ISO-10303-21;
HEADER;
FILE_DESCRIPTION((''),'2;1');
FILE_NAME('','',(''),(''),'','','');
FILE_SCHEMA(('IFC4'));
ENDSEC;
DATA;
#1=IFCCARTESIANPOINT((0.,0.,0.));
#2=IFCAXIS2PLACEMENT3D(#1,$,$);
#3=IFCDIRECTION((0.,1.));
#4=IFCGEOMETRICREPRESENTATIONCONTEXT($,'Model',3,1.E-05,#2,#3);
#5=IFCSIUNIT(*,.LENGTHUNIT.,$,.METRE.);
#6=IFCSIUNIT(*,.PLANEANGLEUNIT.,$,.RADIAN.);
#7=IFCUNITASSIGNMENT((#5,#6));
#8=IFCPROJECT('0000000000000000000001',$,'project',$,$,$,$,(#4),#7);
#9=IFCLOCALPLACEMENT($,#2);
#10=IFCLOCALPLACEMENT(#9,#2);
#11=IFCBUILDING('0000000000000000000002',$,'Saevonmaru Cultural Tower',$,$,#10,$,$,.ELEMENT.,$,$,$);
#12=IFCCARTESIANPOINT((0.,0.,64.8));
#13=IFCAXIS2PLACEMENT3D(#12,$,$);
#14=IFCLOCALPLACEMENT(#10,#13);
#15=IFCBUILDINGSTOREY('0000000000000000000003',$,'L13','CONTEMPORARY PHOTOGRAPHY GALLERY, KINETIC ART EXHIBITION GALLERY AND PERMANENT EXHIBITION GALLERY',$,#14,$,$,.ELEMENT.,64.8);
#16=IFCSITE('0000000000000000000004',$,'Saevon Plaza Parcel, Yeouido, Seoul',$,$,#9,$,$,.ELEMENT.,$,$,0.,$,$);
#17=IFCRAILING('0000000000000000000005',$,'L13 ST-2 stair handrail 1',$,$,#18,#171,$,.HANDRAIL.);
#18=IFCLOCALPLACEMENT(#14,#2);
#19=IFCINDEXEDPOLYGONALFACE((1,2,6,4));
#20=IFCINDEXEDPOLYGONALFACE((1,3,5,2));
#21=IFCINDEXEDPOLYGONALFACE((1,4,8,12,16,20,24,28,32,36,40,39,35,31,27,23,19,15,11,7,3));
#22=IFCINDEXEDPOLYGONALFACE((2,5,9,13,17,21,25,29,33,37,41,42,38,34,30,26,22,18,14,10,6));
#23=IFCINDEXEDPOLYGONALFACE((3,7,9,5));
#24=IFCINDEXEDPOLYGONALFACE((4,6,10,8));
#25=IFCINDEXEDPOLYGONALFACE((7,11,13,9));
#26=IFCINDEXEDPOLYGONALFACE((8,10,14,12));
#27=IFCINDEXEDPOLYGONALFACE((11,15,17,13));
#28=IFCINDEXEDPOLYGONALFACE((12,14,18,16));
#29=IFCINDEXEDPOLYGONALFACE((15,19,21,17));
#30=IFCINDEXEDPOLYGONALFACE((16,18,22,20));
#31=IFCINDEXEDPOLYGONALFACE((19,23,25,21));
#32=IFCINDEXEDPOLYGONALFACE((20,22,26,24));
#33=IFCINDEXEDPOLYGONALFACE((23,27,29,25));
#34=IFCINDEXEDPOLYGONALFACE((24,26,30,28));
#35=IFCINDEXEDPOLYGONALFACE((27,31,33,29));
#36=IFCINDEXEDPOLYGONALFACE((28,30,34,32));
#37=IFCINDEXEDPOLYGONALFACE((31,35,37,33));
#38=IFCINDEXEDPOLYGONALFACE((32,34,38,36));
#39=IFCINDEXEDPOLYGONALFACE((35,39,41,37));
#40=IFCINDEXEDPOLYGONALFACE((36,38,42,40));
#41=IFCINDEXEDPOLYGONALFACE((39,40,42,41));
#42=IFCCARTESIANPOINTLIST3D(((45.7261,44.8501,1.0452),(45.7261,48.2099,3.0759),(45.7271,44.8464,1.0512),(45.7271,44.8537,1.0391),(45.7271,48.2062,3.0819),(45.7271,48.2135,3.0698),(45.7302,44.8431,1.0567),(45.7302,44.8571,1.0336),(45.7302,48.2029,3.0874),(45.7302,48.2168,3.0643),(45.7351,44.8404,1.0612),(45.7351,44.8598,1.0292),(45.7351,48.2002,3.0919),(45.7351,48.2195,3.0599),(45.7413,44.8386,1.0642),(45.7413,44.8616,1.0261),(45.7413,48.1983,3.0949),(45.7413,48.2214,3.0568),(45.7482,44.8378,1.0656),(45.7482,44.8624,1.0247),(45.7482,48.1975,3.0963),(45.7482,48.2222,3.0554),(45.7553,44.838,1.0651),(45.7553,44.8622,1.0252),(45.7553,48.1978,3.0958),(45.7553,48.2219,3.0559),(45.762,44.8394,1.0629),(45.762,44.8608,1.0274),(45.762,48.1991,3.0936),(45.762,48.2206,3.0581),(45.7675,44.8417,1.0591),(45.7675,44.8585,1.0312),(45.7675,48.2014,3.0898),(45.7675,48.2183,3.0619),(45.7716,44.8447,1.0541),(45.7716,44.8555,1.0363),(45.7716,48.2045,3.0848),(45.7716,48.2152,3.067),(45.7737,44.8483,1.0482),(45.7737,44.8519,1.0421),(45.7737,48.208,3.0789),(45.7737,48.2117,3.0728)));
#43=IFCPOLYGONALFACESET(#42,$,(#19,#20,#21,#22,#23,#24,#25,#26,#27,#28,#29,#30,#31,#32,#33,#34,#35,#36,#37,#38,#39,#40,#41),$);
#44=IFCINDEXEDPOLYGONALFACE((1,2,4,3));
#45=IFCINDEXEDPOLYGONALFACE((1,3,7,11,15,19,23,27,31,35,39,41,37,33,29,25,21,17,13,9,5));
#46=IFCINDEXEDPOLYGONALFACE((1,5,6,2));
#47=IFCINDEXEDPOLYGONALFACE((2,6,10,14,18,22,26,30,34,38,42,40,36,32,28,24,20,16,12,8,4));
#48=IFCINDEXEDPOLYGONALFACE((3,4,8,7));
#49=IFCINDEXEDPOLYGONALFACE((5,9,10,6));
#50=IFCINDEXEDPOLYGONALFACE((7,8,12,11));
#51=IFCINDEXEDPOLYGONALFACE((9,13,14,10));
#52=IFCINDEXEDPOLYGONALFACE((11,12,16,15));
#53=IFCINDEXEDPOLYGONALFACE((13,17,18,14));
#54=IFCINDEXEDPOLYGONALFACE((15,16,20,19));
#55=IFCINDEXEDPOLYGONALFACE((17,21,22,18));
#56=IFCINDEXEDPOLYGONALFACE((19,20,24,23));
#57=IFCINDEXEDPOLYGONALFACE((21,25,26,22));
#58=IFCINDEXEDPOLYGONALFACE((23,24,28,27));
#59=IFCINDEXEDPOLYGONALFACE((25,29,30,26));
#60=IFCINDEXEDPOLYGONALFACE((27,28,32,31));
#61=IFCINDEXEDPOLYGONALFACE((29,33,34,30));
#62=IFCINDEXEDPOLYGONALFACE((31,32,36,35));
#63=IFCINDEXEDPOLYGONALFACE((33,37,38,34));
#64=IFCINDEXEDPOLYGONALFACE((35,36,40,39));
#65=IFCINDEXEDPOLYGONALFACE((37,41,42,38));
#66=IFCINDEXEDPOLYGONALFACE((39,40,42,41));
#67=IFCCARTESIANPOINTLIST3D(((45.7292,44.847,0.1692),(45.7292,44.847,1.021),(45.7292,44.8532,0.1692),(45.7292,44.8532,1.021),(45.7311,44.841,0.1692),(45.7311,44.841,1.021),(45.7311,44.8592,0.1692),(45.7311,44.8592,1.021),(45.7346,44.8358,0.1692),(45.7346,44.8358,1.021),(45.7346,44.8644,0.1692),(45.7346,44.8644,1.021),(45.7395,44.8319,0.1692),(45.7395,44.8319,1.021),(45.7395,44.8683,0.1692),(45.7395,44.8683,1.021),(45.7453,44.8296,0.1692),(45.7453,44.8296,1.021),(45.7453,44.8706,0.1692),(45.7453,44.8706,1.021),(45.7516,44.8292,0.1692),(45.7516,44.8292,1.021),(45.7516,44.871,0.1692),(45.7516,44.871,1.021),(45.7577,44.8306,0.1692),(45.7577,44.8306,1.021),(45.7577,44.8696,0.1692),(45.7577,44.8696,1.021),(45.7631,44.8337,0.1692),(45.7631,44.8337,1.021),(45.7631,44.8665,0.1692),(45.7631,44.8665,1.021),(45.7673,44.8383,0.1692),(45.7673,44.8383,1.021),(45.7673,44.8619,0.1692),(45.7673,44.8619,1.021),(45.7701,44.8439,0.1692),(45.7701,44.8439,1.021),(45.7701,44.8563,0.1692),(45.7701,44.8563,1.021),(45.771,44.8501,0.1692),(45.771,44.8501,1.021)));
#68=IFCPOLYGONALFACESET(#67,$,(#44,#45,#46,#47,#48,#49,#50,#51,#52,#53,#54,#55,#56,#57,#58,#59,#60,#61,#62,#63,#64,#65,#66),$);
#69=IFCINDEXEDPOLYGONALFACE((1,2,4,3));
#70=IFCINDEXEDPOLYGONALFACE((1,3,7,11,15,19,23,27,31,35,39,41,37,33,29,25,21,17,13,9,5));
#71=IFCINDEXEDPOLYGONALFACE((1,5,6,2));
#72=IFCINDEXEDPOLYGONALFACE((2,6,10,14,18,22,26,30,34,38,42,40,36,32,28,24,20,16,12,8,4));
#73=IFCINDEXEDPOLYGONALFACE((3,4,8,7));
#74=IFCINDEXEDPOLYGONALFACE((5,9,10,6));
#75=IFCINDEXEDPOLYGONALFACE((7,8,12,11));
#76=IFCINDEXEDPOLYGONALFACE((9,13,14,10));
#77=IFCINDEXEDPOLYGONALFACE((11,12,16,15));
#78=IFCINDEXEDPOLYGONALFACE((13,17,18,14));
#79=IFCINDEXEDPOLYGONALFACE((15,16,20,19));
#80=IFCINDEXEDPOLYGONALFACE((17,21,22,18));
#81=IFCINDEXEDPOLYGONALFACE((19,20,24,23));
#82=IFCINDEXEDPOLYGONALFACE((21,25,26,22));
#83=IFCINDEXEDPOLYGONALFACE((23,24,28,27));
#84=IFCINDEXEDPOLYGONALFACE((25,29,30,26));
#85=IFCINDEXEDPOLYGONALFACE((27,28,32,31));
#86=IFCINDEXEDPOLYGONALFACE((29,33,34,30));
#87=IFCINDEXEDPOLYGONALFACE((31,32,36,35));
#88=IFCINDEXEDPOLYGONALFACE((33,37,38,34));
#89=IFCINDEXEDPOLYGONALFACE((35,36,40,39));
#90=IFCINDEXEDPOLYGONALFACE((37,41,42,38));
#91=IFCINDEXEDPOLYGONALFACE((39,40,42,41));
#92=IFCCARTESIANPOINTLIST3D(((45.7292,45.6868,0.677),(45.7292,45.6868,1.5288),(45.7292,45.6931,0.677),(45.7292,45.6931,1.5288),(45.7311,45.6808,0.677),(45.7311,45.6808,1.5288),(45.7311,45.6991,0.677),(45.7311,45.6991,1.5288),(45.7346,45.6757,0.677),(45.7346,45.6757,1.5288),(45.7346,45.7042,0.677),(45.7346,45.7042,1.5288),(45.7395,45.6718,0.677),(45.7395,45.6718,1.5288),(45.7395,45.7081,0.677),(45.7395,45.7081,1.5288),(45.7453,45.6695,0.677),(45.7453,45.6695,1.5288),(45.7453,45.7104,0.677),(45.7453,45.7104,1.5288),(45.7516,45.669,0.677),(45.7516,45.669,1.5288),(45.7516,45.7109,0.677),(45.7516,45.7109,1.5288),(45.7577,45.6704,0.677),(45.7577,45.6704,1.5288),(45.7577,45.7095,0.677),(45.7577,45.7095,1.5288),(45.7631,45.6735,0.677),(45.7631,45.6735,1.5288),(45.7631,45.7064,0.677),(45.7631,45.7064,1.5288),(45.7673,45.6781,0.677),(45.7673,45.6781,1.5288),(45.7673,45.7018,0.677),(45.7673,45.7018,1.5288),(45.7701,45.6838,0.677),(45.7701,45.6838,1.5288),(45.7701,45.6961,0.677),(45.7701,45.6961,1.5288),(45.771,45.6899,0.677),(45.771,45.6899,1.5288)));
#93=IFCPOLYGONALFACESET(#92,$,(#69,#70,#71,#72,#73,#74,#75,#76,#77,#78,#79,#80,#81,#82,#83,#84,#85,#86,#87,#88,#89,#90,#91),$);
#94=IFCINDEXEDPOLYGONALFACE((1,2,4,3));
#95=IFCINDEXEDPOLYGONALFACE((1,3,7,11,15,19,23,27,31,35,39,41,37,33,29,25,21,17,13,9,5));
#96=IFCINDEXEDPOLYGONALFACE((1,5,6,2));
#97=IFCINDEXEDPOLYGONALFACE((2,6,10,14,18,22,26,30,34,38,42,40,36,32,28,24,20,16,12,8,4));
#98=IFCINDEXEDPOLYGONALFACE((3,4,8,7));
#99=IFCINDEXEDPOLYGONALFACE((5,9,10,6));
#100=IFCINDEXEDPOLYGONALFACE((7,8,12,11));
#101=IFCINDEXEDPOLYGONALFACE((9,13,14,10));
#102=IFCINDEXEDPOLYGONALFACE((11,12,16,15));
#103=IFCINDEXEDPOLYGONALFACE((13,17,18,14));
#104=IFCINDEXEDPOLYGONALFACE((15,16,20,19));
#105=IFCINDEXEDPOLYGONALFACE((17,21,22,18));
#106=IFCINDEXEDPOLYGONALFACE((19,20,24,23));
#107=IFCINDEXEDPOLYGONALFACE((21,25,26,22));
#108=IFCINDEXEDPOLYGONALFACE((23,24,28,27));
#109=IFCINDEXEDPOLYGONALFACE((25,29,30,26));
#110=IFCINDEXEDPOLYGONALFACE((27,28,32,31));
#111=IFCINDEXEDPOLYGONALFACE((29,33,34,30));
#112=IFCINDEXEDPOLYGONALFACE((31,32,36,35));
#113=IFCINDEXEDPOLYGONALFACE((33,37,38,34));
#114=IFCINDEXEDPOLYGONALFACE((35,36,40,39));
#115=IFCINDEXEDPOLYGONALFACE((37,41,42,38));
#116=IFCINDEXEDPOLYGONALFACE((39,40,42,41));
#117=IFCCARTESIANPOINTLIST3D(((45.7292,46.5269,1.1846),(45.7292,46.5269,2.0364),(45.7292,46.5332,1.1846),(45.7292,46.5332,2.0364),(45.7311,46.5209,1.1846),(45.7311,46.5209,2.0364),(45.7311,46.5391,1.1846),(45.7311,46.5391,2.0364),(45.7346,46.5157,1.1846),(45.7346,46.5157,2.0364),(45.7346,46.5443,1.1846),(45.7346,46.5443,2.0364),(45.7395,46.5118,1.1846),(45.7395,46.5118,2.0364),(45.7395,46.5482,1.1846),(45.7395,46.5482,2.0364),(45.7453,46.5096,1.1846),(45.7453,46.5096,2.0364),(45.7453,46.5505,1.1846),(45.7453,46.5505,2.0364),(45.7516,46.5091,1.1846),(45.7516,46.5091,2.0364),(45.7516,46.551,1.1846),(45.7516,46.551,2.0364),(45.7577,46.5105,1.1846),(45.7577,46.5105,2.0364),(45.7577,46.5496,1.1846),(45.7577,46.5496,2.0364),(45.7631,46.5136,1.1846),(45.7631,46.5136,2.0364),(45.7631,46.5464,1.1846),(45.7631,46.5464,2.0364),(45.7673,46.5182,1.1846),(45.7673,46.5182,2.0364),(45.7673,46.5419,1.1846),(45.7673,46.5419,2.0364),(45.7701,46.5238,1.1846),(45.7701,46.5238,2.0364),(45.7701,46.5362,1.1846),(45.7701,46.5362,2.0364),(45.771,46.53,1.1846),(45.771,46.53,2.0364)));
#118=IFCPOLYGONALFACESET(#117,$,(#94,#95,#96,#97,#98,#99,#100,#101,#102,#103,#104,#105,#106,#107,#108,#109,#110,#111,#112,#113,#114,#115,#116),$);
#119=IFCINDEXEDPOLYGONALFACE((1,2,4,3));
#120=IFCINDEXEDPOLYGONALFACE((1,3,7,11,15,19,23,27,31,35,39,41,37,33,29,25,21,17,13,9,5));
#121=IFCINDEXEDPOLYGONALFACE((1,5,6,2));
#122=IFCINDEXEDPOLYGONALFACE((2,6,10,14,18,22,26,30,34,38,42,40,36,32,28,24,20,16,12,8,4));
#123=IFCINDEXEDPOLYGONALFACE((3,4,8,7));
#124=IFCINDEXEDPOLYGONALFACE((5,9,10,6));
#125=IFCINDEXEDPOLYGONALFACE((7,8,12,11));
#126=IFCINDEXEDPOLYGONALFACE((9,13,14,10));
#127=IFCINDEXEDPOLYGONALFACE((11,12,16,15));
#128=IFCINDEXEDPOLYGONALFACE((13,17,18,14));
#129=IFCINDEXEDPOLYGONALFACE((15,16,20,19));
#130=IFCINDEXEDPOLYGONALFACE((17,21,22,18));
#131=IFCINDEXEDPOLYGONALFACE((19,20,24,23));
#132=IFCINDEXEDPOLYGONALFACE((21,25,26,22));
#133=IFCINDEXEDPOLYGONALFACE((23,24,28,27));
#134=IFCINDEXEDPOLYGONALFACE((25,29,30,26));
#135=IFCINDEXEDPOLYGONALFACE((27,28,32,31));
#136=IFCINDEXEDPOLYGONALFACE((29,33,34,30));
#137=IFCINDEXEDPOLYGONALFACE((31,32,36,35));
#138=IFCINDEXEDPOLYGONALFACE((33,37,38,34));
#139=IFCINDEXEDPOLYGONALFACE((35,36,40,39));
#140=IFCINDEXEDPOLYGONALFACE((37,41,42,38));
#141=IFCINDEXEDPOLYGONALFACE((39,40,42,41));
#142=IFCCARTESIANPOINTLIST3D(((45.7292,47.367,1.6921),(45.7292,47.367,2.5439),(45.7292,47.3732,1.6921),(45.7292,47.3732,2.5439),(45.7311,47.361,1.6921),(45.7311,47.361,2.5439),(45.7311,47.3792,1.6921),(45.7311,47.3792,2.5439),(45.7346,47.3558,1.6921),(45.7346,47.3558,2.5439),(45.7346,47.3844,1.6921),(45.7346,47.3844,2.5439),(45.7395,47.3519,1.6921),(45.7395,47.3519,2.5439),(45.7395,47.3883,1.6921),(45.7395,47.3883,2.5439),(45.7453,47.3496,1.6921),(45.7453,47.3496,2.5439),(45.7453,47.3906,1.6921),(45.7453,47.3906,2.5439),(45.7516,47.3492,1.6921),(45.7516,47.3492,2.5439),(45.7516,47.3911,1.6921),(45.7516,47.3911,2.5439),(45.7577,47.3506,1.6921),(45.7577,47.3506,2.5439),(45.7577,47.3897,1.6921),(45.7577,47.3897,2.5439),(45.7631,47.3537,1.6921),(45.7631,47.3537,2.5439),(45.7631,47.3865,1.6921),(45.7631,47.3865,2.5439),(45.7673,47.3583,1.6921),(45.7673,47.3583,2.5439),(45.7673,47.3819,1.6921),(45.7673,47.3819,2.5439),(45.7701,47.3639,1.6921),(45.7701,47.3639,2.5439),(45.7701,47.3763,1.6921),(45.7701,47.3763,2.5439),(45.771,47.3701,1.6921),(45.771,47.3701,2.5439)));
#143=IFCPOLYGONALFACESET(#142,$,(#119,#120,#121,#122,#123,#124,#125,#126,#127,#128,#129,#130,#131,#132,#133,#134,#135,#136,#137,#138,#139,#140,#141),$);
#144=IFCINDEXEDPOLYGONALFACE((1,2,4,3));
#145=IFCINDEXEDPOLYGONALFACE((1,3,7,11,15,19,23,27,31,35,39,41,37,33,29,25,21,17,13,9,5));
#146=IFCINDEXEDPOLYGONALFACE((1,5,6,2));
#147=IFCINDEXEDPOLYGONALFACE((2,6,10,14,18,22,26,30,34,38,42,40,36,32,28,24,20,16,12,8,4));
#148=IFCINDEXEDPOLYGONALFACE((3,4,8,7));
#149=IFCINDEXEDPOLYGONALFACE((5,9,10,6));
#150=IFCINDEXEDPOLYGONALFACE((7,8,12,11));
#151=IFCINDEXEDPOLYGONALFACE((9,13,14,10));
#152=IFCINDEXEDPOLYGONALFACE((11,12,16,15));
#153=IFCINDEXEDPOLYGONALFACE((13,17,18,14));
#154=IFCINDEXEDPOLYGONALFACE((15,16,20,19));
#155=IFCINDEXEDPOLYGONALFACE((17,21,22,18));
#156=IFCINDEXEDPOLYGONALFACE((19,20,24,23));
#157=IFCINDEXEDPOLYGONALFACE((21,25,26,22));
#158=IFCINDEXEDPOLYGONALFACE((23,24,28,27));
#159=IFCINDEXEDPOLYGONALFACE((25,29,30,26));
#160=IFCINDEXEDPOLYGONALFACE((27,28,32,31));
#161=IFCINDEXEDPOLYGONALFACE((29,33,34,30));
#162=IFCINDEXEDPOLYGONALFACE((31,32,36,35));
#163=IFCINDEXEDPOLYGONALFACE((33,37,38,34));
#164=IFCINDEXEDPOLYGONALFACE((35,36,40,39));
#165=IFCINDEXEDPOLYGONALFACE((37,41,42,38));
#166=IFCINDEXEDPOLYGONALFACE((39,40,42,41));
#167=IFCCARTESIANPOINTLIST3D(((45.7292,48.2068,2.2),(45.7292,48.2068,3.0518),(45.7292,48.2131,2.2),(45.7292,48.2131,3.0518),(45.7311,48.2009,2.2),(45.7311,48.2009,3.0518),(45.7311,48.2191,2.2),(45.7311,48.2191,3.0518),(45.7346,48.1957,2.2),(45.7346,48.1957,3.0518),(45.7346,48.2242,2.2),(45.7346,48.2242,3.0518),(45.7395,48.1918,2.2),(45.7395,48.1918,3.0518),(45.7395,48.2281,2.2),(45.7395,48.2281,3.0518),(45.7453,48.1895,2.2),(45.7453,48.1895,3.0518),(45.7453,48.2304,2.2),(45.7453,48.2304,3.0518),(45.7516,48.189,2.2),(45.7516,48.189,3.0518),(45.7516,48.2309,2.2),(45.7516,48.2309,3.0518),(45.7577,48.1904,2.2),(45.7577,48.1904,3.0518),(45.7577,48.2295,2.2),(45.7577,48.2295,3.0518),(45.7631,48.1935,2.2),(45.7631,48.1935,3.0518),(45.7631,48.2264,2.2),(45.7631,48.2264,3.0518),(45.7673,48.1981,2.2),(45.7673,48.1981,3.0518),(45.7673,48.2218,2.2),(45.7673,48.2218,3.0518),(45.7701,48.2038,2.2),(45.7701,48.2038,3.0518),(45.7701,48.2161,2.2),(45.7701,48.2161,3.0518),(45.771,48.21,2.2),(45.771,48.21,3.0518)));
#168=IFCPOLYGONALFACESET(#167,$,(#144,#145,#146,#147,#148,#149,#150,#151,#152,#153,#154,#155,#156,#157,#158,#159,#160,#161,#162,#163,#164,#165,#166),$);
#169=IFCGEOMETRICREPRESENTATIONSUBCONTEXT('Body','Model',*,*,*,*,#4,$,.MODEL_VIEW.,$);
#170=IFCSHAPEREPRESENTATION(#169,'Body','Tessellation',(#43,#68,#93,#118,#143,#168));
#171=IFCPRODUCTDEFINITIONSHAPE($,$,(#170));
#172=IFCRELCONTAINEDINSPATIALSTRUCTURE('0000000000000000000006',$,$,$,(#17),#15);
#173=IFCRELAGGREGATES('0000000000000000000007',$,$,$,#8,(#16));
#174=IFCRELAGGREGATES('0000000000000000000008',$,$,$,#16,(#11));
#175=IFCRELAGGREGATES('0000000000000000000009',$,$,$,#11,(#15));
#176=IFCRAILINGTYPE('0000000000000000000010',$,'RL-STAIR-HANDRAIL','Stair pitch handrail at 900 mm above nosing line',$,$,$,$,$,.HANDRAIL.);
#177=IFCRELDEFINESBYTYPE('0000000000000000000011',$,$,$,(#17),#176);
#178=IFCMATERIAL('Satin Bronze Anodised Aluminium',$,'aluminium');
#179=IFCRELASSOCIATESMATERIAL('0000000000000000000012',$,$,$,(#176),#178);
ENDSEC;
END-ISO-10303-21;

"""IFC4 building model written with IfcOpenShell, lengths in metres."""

from ifc_helpers import new_model, si_unit, direction, frame, origin, origin_2d, place, context, subcontext, project, spatial, circle, extrude, material, type_object, element, save


model = new_model("IFC4")

# Units and contexts
model_context = context("Model", 3, precision=1e-05, world=origin(), true_north=direction((0.0, 1.0)))
body_context = subcontext(model_context, "Body", "Model", "MODEL_VIEW")
ifc_project = project(units=[si_unit("LENGTHUNIT", "METRE"), si_unit("PLANEANGLEUNIT", "RADIAN")], contexts=[model_context])

# Site, building, storey
site_placement = place(None, origin())
site = spatial("IfcSite", under=ifc_project, at=site_placement, Name="Saevon Plaza Parcel, Yeouido, Seoul", CompositionType="ELEMENT", RefElevation=0.0)
building_placement = place(site_placement, origin())
building = spatial("IfcBuilding", under=site, at=building_placement, Name="Saevonmaru Cultural Tower", CompositionType="ELEMENT")
storey_placement = place(building_placement, frame((0.0, 0.0, 64.8)))
storey = spatial("IfcBuildingStorey", under=building, at=storey_placement, Name="L13", Description="CONTEMPORARY PHOTOGRAPHY GALLERY, KINETIC ART EXHIBITION GALLERY AND PERMANENT EXHIBITION GALLERY", CompositionType="ELEMENT", Elevation=64.8)

# Railing
ifc_material_1 = material(Name="Satin Bronze Anodised Aluminium", Category="aluminium")
railing_type = type_object("IfcRailingType", Name="RL-STAIR-HANDRAIL", Description="Stair pitch handrail at 900 mm above nosing line", PredefinedType="HANDRAIL", material=ifc_material_1)
railing_placement = place(storey_placement, frame((45.75, 44.8501, 0.1692)))
element("IfcRailing", 1, at=railing_placement, inside=storey, type_object=railing_type, Name="L13 ST-2 stair handrail 1", PredefinedType="HANDRAIL", context=body_context, shape_type="SweptSolid", body=[
    extrude(circle(Radius=0.0239, at=origin_2d()), frame((0.0, 0.0, 0.876), z_axis=(0.0, 0.85582, 0.517273), x_axis=(-1.0, 0.0, 0.0)), (0.0, 0.0, 1.0), 3.9258),
    extrude(circle(Radius=0.021, at=origin_2d()), origin(), (0.0, 0.0, 1.0), 0.8518),
    extrude(circle(Radius=0.021, at=origin_2d()), frame((0.0, 0.8398, 0.5078)), (0.0, 0.0, 1.0), 0.8518),
    extrude(circle(Radius=0.021, at=origin_2d()), frame((0.0, 1.6799, 1.0154)), (0.0, 0.0, 1.0), 0.8518),
    extrude(circle(Radius=0.021, at=origin_2d()), frame((0.0, 2.52, 1.5229)), (0.0, 0.0, 1.0), 0.8518),
    extrude(circle(Radius=0.021, at=origin_2d()), frame((0.0, 3.3599, 2.0308)), (0.0, 0.0, 1.0), 0.8518),
])

save(model, "model.ifc")
